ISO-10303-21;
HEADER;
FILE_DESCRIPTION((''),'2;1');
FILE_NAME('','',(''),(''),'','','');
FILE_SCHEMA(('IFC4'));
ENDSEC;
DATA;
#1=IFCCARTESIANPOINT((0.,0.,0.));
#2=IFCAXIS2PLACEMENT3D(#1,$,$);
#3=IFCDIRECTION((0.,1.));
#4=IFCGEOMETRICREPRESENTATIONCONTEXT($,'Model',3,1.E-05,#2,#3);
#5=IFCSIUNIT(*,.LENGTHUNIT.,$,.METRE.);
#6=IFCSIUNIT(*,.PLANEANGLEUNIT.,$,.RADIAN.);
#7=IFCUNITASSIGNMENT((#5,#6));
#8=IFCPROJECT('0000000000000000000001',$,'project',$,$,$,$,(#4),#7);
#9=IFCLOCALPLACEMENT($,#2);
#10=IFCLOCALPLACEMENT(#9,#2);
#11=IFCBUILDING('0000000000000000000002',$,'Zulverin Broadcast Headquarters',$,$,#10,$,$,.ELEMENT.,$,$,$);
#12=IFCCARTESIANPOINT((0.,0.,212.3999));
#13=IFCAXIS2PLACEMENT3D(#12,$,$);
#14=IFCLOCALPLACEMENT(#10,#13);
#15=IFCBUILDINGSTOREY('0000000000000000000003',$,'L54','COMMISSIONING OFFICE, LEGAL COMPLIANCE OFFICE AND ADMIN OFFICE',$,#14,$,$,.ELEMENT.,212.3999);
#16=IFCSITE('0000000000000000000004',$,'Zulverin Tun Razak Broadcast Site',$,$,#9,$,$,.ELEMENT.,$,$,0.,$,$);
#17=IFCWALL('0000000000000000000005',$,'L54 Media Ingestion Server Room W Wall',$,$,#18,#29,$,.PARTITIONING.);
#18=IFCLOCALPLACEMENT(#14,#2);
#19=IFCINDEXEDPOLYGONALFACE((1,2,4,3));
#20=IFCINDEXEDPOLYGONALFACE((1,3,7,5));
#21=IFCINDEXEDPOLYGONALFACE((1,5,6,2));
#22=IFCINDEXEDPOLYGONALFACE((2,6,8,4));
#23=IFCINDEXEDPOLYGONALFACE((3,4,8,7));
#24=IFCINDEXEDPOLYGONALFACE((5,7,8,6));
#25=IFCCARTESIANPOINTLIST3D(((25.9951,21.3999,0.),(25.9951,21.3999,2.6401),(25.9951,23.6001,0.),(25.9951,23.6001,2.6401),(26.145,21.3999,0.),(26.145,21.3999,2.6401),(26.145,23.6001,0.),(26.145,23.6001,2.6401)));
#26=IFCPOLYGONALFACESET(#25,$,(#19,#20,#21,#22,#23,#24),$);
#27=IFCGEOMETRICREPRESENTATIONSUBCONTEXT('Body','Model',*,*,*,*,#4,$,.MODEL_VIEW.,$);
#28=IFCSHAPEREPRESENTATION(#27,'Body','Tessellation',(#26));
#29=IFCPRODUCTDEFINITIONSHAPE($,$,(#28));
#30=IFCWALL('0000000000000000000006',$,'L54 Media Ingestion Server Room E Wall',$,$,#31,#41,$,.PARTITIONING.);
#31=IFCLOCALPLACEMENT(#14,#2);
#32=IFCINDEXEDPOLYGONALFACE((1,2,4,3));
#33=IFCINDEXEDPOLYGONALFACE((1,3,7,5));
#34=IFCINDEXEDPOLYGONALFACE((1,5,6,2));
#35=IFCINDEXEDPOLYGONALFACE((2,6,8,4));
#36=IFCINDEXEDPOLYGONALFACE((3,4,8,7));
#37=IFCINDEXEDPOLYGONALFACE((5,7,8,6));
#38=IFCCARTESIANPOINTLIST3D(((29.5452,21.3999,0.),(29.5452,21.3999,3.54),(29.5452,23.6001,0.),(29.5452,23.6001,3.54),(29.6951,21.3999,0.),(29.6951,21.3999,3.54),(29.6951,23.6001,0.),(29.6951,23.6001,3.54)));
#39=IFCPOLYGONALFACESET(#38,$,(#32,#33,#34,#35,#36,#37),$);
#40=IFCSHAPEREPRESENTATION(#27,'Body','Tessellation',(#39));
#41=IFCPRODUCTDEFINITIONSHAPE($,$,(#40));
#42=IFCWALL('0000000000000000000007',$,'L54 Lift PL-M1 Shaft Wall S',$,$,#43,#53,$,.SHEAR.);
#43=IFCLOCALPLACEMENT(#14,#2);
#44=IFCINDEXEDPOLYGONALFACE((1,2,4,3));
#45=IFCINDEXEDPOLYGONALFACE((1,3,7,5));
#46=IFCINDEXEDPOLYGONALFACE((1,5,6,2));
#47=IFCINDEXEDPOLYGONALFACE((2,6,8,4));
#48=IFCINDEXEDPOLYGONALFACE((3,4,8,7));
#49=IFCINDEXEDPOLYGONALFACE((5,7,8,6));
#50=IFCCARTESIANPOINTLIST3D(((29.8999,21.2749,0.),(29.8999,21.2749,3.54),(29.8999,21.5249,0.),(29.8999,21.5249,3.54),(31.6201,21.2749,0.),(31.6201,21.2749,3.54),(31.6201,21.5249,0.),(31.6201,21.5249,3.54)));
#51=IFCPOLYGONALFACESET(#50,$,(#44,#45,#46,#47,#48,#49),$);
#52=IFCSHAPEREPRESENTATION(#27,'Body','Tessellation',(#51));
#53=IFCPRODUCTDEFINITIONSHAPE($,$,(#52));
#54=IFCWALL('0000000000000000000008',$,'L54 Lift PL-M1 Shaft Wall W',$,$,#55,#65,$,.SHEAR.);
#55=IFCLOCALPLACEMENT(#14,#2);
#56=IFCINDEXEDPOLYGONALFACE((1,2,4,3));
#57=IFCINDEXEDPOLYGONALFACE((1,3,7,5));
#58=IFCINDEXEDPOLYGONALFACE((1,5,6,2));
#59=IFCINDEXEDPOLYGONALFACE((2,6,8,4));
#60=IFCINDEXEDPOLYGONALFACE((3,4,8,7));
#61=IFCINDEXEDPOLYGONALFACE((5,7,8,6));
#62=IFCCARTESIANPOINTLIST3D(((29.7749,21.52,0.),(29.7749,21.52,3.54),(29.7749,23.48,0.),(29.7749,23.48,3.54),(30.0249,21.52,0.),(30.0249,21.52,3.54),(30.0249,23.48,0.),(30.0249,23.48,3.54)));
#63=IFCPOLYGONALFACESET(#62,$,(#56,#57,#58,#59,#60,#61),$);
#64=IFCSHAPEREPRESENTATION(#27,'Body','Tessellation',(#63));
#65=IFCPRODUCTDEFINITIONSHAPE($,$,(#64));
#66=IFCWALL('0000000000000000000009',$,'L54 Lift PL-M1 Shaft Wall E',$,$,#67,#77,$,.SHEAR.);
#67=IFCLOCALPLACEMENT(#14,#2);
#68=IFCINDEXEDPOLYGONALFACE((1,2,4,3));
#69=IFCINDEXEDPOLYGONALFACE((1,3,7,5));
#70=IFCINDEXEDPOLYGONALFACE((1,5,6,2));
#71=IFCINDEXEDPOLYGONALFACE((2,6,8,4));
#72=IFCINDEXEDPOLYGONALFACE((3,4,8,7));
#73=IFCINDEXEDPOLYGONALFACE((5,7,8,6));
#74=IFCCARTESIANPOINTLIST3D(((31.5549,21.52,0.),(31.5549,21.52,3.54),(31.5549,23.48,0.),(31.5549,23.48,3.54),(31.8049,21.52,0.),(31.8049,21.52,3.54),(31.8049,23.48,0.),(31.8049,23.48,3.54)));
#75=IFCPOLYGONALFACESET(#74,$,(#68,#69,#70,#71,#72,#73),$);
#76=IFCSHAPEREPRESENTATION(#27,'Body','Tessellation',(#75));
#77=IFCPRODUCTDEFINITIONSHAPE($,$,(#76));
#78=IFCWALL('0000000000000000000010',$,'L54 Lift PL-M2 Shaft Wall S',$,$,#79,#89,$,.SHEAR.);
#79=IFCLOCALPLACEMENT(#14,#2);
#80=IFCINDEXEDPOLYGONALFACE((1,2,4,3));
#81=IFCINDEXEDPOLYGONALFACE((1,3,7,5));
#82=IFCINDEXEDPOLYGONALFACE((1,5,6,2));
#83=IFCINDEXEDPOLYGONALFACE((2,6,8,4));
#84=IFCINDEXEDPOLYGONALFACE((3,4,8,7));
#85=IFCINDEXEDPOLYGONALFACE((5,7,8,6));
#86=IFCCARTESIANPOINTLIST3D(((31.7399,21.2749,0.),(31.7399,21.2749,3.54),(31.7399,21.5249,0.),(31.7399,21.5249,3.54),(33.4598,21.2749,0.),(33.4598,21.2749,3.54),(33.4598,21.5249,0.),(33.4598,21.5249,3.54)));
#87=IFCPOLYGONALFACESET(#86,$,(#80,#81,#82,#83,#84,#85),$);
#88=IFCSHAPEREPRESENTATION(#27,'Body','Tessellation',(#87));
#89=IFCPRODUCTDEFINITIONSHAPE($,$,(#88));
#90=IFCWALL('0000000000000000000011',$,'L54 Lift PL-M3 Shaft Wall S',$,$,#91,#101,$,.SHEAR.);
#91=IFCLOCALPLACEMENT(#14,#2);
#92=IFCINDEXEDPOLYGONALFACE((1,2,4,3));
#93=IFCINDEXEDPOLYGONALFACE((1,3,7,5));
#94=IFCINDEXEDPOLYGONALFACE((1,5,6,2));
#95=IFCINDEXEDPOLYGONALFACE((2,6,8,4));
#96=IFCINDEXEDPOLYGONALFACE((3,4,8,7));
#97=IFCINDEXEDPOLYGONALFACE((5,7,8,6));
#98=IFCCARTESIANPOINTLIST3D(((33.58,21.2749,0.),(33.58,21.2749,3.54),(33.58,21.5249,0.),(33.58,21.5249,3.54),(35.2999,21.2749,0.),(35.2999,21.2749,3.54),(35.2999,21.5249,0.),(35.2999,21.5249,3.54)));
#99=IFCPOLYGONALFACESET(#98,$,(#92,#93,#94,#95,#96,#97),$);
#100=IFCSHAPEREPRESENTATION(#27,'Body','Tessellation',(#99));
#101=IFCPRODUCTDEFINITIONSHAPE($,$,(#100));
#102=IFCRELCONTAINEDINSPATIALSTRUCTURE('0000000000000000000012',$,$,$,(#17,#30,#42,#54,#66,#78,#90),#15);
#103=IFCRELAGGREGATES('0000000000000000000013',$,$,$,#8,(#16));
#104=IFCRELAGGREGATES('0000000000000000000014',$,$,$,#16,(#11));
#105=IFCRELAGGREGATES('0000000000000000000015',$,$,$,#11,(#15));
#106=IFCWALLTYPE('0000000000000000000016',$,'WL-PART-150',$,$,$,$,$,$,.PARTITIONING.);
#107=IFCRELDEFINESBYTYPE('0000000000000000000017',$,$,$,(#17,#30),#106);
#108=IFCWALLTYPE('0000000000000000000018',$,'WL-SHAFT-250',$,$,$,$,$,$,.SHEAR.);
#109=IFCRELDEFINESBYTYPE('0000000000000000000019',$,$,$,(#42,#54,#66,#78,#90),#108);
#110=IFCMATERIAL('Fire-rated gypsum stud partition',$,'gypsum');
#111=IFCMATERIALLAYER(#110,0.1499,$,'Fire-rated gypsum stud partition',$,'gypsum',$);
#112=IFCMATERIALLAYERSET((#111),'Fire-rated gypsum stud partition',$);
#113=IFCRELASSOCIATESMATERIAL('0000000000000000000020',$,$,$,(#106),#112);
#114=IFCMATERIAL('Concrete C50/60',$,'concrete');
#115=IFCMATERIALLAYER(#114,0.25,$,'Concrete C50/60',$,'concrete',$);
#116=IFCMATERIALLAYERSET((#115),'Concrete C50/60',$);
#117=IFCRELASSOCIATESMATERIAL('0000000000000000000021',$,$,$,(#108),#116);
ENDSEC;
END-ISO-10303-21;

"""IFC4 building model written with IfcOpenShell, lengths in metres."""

from ifc_helpers import new_model, si_unit, direction, frame, frame_2d, origin, place, context, subcontext, project, spatial, rectangle, extrude, material, layer, layer_set, type_object, element, save


model = new_model("IFC4")

# Units and contexts
model_context = context("Model", 3, precision=1e-05, world=origin(), true_north=direction((0.0, 1.0)))
body_context = subcontext(model_context, "Body", "Model", "MODEL_VIEW")
ifc_project = project(units=[si_unit("LENGTHUNIT", "METRE"), si_unit("PLANEANGLEUNIT", "RADIAN")], contexts=[model_context])

# Site, building, storey
site_placement = place(None, origin())
site = spatial("IfcSite", under=ifc_project, at=site_placement, Name="Zulverin Tun Razak Broadcast Site", CompositionType="ELEMENT", RefElevation=0.0)
building_placement = place(site_placement, origin())
building = spatial("IfcBuilding", under=site, at=building_placement, Name="Zulverin Broadcast Headquarters", CompositionType="ELEMENT")
storey_placement = place(building_placement, frame((0.0, 0.0, 212.3999)))
storey = spatial("IfcBuildingStorey", under=building, at=storey_placement, Name="L54", Description="COMMISSIONING OFFICE, LEGAL COMPLIANCE OFFICE AND ADMIN OFFICE", CompositionType="ELEMENT", Elevation=212.3999)

# Shared definitions
ifc_material_1 = material(Name="Concrete C50/60", Category="concrete")

# Shared definitions
ifc_material_2 = material(Name="Fire-rated gypsum stud partition", Category="gypsum")
ifc_layer_1 = layer(ifc_material_2, 0.1499, Name="Fire-rated gypsum stud partition", Category="gypsum")
ifc_layer_set_1 = layer_set([ifc_layer_1], Name="Fire-rated gypsum stud partition")
wall_type_1 = type_object("IfcWallType", Name="WL-PART-150", PredefinedType="PARTITIONING", material=ifc_layer_set_1)

# Walls
wall_1_placement = place(storey_placement, frame((26.0701, 21.3999, 0.0), z_axis=(0.0, 0.0, 1.0), x_axis=(0.0, 1.0, 0.0)))
element("IfcWall", 1, at=wall_1_placement, inside=storey, type_object=wall_type_1, Name="L54 Media Ingestion Server Room W Wall", PredefinedType="PARTITIONING", context=body_context, shape_type="SweptSolid", body=[
    extrude(rectangle(XDim=2.2002, YDim=0.1499, at=frame_2d((1.1001, 0.0))), origin(), (0.0, 0.0, 1.0), 2.6401),
])
wall_2_placement = place(storey_placement, frame((29.6201, 21.3999, 0.0), z_axis=(0.0, 0.0, 1.0), x_axis=(0.0, 1.0, 0.0)))
element("IfcWall", 2, at=wall_2_placement, inside=storey, type_object=wall_type_1, Name="L54 Media Ingestion Server Room E Wall", PredefinedType="PARTITIONING", context=body_context, shape_type="SweptSolid", body=[
    extrude(rectangle(XDim=2.2002, YDim=0.1499, at=frame_2d((1.1001, 0.0))), origin(), (0.0, 0.0, 1.0), 3.54),
])
ifc_layer_2 = layer(ifc_material_1, 0.25, Name="Concrete C50/60", Category="concrete")
ifc_layer_set_2 = layer_set([ifc_layer_2], Name="Concrete C50/60")
wall_type_2 = type_object("IfcWallType", Name="WL-SHAFT-250", PredefinedType="SHEAR", material=ifc_layer_set_2)
wall_3_placement = place(storey_placement, frame((29.8999, 21.3999, 0.0), z_axis=(0.0, 0.0, 1.0), x_axis=(1.0, 0.0, 0.0)))
element("IfcWall", 3, at=wall_3_placement, inside=storey, type_object=wall_type_2, Name="L54 Lift PL-M1 Shaft Wall S", PredefinedType="SHEAR", context=body_context, shape_type="SweptSolid", body=[
    extrude(rectangle(XDim=1.7202, YDim=0.25, at=frame_2d((0.8601, 0.0))), origin(), (0.0, 0.0, 1.0), 3.54),
])
for number, where, z_axis, x_axis, name in (
    (4, (29.8999, 21.52, 0.0), (0.0, 0.0, 1.0), (0.0, 1.0, 0.0), "L54 Lift PL-M1 Shaft Wall W"),
    (5, (31.6799, 21.52, 0.0), (0.0, 0.0, 1.0), (0.0, 1.0, 0.0), "L54 Lift PL-M1 Shaft Wall E"),
):
    element("IfcWall", number, at=place(storey_placement, frame(where, z_axis=z_axis, x_axis=x_axis)), inside=storey, type_object=wall_type_2, Name=name, PredefinedType="SHEAR", context=body_context, shape_type="SweptSolid", body=[
        extrude(rectangle(XDim=1.96, YDim=0.25, at=frame_2d((0.98, 0.0))), origin(), (0.0, 0.0, 1.0), 3.54),
    ])
for number, where, z_axis, x_axis, name in (
    (6, (31.74, 21.3999, 0.0), (0.0, 0.0, 1.0), (1.0, 0.0, 0.0), "L54 Lift PL-M2 Shaft Wall S"),
    (7, (33.5801, 21.3999, 0.0), (0.0, 0.0, 1.0), (1.0, 0.0, 0.0), "L54 Lift PL-M3 Shaft Wall S"),
):
    element("IfcWall", number, at=place(storey_placement, frame(where, z_axis=z_axis, x_axis=x_axis)), inside=storey, type_object=wall_type_2, Name=name, PredefinedType="SHEAR", context=body_context, shape_type="SweptSolid", body=[
        extrude(rectangle(XDim=1.72, YDim=0.25, at=frame_2d((0.8599, 0.0))), origin(), (0.0, 0.0, 1.0), 3.54),
    ])

save(model, "model.ifc")
